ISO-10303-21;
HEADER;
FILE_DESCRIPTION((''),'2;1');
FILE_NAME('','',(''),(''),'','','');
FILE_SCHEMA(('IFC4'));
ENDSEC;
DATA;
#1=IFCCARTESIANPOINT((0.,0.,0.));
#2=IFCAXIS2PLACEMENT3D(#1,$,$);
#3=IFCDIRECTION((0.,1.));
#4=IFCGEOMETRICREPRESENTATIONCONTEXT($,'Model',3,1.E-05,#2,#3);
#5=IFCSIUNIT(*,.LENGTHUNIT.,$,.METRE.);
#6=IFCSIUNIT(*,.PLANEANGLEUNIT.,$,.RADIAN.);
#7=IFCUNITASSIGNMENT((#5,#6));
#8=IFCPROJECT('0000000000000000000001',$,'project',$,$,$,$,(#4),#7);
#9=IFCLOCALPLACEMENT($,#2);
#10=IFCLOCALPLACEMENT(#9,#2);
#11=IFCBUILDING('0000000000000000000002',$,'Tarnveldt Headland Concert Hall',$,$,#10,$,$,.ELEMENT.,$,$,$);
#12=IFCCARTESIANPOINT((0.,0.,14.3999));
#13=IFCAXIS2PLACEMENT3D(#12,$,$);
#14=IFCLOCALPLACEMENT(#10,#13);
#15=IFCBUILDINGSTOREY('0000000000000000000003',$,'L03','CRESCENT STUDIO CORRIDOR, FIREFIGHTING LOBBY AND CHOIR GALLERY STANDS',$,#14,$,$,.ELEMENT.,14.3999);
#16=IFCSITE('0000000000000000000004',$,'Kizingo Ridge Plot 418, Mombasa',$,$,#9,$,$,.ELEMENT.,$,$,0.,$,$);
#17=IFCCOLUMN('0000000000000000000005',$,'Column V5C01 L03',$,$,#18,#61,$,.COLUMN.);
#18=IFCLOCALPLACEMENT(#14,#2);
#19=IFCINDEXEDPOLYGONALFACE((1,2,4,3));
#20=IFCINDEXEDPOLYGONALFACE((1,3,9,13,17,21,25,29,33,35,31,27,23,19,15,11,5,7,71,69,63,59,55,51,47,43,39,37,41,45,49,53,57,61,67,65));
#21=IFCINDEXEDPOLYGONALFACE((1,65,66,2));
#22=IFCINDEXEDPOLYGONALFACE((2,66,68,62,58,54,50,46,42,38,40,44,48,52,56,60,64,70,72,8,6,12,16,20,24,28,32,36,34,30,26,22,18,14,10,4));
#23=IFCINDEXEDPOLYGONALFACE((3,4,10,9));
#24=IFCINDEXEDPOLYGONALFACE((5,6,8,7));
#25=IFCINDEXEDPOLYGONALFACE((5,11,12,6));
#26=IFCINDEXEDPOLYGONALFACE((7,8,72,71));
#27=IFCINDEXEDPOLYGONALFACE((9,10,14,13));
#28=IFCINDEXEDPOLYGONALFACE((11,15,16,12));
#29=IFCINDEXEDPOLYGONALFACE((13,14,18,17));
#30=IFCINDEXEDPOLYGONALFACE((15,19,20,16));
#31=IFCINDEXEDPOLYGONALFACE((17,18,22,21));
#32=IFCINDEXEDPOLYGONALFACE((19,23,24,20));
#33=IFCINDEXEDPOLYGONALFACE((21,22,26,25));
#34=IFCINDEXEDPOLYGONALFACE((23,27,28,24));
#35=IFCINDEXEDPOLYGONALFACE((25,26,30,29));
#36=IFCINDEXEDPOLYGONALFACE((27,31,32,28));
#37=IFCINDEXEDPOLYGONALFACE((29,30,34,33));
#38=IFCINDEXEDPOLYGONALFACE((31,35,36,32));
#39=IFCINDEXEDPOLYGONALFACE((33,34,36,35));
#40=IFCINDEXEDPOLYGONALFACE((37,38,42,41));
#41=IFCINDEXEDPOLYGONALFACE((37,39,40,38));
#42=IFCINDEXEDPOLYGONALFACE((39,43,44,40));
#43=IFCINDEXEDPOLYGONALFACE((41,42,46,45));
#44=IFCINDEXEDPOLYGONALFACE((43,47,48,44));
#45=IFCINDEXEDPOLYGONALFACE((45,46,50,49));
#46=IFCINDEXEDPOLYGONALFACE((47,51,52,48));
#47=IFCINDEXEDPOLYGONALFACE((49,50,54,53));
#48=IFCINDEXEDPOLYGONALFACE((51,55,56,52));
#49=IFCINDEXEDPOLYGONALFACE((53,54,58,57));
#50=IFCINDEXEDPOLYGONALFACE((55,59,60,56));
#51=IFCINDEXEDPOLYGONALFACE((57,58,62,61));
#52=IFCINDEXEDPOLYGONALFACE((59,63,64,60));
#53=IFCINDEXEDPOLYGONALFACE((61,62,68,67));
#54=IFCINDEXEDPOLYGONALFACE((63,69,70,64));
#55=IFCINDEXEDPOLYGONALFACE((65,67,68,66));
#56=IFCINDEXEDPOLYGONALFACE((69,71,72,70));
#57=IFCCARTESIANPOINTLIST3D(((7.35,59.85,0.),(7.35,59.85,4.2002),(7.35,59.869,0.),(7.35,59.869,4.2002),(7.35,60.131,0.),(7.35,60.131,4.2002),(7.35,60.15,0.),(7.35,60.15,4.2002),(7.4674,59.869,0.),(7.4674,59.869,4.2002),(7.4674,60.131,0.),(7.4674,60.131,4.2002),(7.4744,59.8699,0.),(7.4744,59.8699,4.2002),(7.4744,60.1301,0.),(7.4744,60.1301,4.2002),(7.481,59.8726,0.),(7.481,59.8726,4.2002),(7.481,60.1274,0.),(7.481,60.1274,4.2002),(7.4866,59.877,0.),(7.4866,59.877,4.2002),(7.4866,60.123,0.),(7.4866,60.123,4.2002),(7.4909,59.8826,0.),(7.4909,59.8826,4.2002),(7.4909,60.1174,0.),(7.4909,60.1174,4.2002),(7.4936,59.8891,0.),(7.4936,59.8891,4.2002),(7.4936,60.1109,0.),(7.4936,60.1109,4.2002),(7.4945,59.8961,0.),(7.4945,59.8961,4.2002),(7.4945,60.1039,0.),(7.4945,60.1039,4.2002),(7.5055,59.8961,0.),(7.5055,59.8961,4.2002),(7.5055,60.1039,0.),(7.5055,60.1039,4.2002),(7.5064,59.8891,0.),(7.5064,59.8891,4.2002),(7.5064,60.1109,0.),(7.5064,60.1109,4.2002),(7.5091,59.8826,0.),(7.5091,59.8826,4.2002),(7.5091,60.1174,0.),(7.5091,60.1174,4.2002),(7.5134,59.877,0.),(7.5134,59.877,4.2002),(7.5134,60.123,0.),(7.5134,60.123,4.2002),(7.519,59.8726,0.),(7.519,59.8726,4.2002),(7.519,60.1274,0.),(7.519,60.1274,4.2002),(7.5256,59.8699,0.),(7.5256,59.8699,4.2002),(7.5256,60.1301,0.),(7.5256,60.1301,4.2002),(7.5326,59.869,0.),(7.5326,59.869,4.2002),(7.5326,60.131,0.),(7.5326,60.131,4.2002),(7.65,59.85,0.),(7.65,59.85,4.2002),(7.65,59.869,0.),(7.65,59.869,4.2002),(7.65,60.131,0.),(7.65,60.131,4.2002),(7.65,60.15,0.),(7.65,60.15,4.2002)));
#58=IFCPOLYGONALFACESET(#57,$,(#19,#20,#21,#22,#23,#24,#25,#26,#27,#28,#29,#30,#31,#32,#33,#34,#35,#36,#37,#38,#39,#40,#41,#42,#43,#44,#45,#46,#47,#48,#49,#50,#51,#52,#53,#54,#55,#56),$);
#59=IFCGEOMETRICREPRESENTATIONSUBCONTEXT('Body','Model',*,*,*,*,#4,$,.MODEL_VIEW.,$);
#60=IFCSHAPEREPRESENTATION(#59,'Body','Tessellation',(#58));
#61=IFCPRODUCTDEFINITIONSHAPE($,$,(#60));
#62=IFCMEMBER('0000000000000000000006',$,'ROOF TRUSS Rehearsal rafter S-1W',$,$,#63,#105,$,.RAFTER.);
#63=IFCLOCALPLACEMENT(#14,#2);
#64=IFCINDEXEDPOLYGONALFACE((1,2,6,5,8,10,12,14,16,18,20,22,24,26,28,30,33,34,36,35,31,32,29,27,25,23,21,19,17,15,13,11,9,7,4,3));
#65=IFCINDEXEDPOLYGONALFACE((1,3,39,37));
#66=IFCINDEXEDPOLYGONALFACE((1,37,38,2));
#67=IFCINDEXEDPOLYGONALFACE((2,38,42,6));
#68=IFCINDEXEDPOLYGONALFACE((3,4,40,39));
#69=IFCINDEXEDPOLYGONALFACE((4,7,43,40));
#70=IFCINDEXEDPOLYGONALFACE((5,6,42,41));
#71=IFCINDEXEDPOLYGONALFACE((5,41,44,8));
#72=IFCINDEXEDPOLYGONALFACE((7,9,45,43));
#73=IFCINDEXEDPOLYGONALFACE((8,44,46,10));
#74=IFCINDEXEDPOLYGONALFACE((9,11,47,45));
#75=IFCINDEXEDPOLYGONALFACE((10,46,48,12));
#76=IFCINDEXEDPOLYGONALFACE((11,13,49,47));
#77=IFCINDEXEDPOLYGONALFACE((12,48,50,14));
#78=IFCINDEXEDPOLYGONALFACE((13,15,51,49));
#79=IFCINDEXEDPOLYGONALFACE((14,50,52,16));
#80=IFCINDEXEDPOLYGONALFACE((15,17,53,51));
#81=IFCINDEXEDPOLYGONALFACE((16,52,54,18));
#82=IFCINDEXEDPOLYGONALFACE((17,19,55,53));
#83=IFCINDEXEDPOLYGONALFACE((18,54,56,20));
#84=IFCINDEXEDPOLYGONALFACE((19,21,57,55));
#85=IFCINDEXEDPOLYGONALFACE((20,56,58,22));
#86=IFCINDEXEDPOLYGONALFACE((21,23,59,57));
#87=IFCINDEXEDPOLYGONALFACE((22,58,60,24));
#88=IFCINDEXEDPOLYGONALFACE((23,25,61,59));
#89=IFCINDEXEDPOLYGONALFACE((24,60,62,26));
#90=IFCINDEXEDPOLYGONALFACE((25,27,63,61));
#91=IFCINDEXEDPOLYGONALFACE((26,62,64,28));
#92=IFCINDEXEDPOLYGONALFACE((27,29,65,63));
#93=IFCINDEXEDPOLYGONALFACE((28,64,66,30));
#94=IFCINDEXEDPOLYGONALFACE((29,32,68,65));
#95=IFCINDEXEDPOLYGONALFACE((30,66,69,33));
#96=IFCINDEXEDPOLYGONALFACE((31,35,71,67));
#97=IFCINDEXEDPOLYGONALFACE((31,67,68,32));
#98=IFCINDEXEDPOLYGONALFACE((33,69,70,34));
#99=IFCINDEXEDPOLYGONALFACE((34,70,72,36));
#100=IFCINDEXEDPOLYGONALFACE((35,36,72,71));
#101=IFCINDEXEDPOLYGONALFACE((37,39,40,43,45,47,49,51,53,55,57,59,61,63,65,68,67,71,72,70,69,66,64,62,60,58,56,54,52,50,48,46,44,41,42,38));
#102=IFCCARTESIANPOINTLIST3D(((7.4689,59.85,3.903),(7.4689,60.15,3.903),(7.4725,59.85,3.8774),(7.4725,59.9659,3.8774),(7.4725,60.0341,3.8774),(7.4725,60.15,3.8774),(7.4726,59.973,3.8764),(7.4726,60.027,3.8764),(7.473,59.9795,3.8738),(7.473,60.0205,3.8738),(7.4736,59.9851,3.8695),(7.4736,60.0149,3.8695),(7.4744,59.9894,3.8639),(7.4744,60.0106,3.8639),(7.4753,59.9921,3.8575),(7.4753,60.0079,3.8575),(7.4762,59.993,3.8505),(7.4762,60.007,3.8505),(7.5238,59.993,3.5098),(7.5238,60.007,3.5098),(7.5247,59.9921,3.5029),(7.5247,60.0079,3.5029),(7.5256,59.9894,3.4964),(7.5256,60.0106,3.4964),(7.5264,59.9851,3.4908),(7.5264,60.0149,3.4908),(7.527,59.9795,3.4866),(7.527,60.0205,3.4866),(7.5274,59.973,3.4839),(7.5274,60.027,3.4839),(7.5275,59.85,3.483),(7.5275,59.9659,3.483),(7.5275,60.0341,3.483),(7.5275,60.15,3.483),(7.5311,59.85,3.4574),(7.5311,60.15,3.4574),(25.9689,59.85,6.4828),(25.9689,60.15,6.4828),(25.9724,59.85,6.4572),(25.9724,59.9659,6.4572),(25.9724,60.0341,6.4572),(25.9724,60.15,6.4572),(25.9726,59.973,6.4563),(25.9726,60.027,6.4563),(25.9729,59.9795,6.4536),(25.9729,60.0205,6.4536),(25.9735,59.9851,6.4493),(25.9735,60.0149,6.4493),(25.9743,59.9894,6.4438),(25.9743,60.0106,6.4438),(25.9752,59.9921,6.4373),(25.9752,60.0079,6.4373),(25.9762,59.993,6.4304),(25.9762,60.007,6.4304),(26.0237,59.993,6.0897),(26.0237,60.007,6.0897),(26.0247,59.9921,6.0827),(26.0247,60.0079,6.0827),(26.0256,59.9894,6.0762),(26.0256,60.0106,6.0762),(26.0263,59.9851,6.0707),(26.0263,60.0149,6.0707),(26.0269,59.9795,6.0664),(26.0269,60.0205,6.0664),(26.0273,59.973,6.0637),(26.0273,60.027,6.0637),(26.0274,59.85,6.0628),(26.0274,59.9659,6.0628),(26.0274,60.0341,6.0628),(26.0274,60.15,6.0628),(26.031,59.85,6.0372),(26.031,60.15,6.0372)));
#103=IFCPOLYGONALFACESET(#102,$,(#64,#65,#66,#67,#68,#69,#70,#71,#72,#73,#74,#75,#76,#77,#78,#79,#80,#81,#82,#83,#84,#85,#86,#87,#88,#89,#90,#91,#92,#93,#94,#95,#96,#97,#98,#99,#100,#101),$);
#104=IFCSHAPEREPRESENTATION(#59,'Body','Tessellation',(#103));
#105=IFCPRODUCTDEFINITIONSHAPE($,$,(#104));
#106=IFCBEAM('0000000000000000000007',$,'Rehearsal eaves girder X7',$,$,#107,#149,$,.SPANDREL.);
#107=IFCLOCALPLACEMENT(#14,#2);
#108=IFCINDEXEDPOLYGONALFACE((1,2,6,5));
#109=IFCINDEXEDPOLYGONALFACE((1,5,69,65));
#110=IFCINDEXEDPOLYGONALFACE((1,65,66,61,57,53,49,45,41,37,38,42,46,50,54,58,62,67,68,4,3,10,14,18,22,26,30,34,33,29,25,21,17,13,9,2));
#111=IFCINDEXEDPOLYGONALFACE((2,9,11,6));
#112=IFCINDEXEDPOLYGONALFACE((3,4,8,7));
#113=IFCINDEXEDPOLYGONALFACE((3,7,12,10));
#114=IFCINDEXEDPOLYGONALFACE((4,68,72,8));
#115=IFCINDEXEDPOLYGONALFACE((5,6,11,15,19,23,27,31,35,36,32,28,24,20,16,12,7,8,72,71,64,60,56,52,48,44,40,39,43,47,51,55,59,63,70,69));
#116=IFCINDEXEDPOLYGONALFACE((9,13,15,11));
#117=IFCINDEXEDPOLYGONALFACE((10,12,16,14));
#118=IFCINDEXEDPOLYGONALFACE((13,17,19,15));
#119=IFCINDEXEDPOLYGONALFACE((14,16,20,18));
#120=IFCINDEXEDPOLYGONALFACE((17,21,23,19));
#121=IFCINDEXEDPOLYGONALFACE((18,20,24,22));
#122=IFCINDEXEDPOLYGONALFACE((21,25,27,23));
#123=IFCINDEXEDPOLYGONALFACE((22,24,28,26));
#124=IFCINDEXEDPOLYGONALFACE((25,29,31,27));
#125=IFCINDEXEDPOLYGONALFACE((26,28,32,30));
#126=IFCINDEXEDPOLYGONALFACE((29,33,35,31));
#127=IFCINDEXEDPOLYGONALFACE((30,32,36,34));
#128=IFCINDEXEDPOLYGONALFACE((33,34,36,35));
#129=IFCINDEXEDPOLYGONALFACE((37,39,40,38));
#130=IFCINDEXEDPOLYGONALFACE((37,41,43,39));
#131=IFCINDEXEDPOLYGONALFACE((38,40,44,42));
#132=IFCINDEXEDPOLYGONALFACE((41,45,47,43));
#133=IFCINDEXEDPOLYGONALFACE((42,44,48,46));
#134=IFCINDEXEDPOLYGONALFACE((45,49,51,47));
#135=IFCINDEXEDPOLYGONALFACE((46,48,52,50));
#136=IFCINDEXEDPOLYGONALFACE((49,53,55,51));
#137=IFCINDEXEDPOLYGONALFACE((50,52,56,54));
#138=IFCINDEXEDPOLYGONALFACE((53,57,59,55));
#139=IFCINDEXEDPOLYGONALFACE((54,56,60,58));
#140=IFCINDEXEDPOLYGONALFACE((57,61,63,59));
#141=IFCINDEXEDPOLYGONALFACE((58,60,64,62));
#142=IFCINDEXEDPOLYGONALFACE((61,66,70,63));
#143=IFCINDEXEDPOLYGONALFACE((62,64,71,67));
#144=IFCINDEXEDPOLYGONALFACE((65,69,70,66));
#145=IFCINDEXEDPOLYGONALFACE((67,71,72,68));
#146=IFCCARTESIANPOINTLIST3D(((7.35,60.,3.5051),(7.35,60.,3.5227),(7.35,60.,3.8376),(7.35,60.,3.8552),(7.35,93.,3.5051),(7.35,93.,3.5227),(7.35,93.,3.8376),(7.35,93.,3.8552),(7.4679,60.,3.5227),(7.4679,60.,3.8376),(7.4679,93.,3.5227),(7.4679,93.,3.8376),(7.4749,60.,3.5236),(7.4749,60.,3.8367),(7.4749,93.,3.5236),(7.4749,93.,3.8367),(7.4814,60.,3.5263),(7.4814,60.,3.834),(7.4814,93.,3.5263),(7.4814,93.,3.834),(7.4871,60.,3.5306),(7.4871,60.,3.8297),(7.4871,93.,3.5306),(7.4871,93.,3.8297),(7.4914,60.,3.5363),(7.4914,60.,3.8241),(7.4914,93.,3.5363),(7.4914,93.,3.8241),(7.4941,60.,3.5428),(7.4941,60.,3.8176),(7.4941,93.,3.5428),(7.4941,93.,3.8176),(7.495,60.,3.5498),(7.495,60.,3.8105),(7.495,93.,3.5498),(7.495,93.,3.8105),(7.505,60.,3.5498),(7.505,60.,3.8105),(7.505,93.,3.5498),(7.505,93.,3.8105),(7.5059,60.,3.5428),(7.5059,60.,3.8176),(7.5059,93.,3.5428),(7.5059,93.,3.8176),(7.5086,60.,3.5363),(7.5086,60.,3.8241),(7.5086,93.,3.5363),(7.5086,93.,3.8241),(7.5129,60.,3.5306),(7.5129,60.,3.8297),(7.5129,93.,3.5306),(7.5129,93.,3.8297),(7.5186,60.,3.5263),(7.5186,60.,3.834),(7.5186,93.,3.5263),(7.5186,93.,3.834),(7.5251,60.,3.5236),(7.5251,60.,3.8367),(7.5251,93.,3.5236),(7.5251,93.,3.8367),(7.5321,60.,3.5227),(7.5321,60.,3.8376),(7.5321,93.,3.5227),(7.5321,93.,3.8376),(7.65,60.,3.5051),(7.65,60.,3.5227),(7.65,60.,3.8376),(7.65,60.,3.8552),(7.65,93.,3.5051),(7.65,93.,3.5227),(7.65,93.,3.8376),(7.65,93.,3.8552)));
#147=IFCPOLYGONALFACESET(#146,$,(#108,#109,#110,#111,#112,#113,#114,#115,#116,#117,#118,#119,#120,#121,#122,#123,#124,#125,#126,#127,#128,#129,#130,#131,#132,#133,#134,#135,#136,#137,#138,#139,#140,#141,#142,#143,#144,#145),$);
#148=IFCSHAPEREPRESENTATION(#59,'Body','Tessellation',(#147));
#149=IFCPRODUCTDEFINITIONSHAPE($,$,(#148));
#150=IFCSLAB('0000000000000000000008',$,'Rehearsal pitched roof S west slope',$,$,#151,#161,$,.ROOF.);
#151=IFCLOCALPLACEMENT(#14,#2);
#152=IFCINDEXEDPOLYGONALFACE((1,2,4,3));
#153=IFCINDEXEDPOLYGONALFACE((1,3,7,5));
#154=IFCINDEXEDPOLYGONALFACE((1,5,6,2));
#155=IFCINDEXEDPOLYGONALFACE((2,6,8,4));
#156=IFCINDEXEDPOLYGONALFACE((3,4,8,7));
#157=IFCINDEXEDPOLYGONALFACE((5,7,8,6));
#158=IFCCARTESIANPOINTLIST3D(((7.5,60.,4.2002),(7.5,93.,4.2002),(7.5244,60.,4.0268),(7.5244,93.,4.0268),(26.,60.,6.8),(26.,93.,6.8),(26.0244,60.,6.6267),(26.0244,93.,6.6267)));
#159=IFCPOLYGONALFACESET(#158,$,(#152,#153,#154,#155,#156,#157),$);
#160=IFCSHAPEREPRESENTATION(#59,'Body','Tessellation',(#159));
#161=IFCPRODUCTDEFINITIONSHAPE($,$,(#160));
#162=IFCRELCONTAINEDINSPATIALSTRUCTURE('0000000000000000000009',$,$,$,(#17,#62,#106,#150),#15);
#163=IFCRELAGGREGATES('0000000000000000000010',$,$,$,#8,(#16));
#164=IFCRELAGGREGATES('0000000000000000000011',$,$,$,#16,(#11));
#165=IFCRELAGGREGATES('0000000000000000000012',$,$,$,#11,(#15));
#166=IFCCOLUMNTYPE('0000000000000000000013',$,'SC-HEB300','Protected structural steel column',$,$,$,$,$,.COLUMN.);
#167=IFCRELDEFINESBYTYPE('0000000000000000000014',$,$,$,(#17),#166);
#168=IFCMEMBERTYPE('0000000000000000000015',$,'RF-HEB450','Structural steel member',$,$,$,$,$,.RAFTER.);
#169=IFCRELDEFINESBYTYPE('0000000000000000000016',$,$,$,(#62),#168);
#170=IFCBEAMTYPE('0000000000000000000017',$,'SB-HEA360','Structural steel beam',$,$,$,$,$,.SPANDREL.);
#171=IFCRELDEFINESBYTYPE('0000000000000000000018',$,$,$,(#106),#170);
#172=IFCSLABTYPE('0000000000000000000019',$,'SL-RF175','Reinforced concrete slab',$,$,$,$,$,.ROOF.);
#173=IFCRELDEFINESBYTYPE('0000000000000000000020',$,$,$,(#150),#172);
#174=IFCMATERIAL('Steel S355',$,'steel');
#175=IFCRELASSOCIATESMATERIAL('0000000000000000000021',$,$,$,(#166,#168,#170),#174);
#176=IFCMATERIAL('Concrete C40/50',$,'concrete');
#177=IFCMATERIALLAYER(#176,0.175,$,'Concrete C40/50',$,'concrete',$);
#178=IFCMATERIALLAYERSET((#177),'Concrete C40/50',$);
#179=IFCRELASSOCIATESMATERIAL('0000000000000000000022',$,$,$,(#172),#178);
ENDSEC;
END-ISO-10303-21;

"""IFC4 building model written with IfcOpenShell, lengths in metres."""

from ifc_helpers import new_model, si_unit, direction, frame, origin, origin_2d, place, context, subcontext, project, spatial, polyline, i_section, outline, extrude, material, layer, layer_set, material_profile, profile_set, type_object, element, save


model = new_model("IFC4")

# Units and contexts
model_context = context("Model", 3, precision=1e-05, world=origin(), true_north=direction((0.0, 1.0)))
body_context = subcontext(model_context, "Body", "Model", "MODEL_VIEW")
ifc_project = project(units=[si_unit("LENGTHUNIT", "METRE"), si_unit("PLANEANGLEUNIT", "RADIAN")], contexts=[model_context])

# Site, building, storey
site_placement = place(None, origin())
site = spatial("IfcSite", under=ifc_project, at=site_placement, Name="Kizingo Ridge Plot 418, Mombasa", CompositionType="ELEMENT", RefElevation=0.0)
building_placement = place(site_placement, origin())
building = spatial("IfcBuilding", under=site, at=building_placement, Name="Tarnveldt Headland Concert Hall", CompositionType="ELEMENT")
storey_placement = place(building_placement, frame((0.0, 0.0, 14.3999)))
storey = spatial("IfcBuildingStorey", under=building, at=storey_placement, Name="L03", Description="CRESCENT STUDIO CORRIDOR, FIREFIGHTING LOBBY AND CHOIR GALLERY STANDS", CompositionType="ELEMENT", Elevation=14.3999)

# Column
ifc_material_1 = material(Name="Steel S355", Category="steel")
ifc_material_profile_1 = material_profile(ifc_material_1, i_section(OverallWidth=0.3, OverallDepth=0.3, WebThickness=0.011, FlangeThickness=0.019, FilletRadius=0.0271, at=origin_2d()), Name="HEB300", Category="steel")
ifc_profile_set_1 = profile_set([ifc_material_profile_1], Name="Steel S355")
column_type = type_object("IfcColumnType", Name="SC-HEB300", Description="Protected structural steel column", PredefinedType="COLUMN", material=ifc_profile_set_1)
column_placement = place(storey_placement, frame((7.5, 60.0, 0.0), z_axis=(0.0, 0.0, 1.0), x_axis=(1.0, 0.0, 0.0)))
element("IfcColumn", 1, at=column_placement, inside=storey, type_object=column_type, Name="Column V5C01 L03", PredefinedType="COLUMN", context=body_context, shape_type="SweptSolid", body=[
    extrude(i_section(OverallWidth=0.3, OverallDepth=0.3, WebThickness=0.011, FlangeThickness=0.019, FilletRadius=0.0271, at=origin_2d()), origin(), (0.0, 0.0, 1.0), 4.2002),
])

# Member
ifc_material_profile_2 = material_profile(ifc_material_1, i_section(OverallWidth=0.3, OverallDepth=0.45, WebThickness=0.0139, FlangeThickness=0.0259, FilletRadius=0.0271, at=origin_2d()), Name="HEB450", Category="steel")
ifc_profile_set_2 = profile_set([ifc_material_profile_2], Name="Steel S355")
member_type = type_object("IfcMemberType", Name="RF-HEB450", Description="Structural steel member", PredefinedType="RAFTER", material=ifc_profile_set_2)
member_placement = place(storey_placement, frame((7.5, 60.0, 3.6802), z_axis=(0.990416, 0.0, 0.138114), x_axis=(0.0, 1.0, 0.0)))
element("IfcMember", 2, at=member_placement, inside=storey, type_object=member_type, Name="ROOF TRUSS Rehearsal rafter S-1W", PredefinedType="RAFTER", context=body_context, shape_type="SweptSolid", body=[
    extrude(i_section(OverallWidth=0.3, OverallDepth=0.45, WebThickness=0.0139, FlangeThickness=0.0259, FilletRadius=0.0271, at=origin_2d()), origin(), (0.0, 0.0, 1.0), 18.679),
])

# Beam
ifc_material_profile_3 = material_profile(ifc_material_1, i_section(OverallWidth=0.3, OverallDepth=0.3501, WebThickness=0.01, FlangeThickness=0.0176, FilletRadius=0.0271, at=origin_2d()), Name="HEA360", Category="steel")
ifc_profile_set_3 = profile_set([ifc_material_profile_3], Name="Steel S355")
beam_type = type_object("IfcBeamType", Name="SB-HEA360", Description="Structural steel beam", PredefinedType="SPANDREL", material=ifc_profile_set_3)
beam_placement = place(storey_placement, frame((7.5, 60.0, 3.6802), z_axis=(0.0, 1.0, 0.0), x_axis=(-1.0, 0.0, 0.0)))
element("IfcBeam", 3, at=beam_placement, inside=storey, type_object=beam_type, Name="Rehearsal eaves girder X7", PredefinedType="SPANDREL", context=body_context, shape_type="SweptSolid", body=[
    extrude(i_section(OverallWidth=0.3, OverallDepth=0.3501, WebThickness=0.01, FlangeThickness=0.0176, FilletRadius=0.0271, at=origin_2d()), origin(), (0.0, 0.0, 1.0), 33.0),
])

# Slab
ifc_material_2 = material(Name="Concrete C40/50", Category="concrete")
ifc_layer_1 = layer(ifc_material_2, 0.175, Name="Concrete C40/50", Category="concrete")
ifc_layer_set_1 = layer_set([ifc_layer_1], Name="Concrete C40/50")
slab_type = type_object("IfcSlabType", Name="SL-RF175", Description="Reinforced concrete slab", PredefinedType="ROOF", material=ifc_layer_set_1)
slab_placement = place(storey_placement, frame((7.5, 60.0, 4.2002), z_axis=(-0.139165, 0.0, 0.990269), x_axis=(0.990269, 0.0, 0.139165)))
element("IfcSlab", 4, at=slab_placement, inside=storey, type_object=slab_type, Name="Rehearsal pitched roof S west slope", PredefinedType="ROOF", context=body_context, shape_type="SweptSolid", body=[
    extrude(outline(polyline([(0.0, 0.0), (18.6818, 0.0), (18.6818, 33.0), (0.0, 33.0), (0.0, 0.0)])), origin(), (0.0, 0.0, -1.0), 0.175),
])

save(model, "model.ifc")
